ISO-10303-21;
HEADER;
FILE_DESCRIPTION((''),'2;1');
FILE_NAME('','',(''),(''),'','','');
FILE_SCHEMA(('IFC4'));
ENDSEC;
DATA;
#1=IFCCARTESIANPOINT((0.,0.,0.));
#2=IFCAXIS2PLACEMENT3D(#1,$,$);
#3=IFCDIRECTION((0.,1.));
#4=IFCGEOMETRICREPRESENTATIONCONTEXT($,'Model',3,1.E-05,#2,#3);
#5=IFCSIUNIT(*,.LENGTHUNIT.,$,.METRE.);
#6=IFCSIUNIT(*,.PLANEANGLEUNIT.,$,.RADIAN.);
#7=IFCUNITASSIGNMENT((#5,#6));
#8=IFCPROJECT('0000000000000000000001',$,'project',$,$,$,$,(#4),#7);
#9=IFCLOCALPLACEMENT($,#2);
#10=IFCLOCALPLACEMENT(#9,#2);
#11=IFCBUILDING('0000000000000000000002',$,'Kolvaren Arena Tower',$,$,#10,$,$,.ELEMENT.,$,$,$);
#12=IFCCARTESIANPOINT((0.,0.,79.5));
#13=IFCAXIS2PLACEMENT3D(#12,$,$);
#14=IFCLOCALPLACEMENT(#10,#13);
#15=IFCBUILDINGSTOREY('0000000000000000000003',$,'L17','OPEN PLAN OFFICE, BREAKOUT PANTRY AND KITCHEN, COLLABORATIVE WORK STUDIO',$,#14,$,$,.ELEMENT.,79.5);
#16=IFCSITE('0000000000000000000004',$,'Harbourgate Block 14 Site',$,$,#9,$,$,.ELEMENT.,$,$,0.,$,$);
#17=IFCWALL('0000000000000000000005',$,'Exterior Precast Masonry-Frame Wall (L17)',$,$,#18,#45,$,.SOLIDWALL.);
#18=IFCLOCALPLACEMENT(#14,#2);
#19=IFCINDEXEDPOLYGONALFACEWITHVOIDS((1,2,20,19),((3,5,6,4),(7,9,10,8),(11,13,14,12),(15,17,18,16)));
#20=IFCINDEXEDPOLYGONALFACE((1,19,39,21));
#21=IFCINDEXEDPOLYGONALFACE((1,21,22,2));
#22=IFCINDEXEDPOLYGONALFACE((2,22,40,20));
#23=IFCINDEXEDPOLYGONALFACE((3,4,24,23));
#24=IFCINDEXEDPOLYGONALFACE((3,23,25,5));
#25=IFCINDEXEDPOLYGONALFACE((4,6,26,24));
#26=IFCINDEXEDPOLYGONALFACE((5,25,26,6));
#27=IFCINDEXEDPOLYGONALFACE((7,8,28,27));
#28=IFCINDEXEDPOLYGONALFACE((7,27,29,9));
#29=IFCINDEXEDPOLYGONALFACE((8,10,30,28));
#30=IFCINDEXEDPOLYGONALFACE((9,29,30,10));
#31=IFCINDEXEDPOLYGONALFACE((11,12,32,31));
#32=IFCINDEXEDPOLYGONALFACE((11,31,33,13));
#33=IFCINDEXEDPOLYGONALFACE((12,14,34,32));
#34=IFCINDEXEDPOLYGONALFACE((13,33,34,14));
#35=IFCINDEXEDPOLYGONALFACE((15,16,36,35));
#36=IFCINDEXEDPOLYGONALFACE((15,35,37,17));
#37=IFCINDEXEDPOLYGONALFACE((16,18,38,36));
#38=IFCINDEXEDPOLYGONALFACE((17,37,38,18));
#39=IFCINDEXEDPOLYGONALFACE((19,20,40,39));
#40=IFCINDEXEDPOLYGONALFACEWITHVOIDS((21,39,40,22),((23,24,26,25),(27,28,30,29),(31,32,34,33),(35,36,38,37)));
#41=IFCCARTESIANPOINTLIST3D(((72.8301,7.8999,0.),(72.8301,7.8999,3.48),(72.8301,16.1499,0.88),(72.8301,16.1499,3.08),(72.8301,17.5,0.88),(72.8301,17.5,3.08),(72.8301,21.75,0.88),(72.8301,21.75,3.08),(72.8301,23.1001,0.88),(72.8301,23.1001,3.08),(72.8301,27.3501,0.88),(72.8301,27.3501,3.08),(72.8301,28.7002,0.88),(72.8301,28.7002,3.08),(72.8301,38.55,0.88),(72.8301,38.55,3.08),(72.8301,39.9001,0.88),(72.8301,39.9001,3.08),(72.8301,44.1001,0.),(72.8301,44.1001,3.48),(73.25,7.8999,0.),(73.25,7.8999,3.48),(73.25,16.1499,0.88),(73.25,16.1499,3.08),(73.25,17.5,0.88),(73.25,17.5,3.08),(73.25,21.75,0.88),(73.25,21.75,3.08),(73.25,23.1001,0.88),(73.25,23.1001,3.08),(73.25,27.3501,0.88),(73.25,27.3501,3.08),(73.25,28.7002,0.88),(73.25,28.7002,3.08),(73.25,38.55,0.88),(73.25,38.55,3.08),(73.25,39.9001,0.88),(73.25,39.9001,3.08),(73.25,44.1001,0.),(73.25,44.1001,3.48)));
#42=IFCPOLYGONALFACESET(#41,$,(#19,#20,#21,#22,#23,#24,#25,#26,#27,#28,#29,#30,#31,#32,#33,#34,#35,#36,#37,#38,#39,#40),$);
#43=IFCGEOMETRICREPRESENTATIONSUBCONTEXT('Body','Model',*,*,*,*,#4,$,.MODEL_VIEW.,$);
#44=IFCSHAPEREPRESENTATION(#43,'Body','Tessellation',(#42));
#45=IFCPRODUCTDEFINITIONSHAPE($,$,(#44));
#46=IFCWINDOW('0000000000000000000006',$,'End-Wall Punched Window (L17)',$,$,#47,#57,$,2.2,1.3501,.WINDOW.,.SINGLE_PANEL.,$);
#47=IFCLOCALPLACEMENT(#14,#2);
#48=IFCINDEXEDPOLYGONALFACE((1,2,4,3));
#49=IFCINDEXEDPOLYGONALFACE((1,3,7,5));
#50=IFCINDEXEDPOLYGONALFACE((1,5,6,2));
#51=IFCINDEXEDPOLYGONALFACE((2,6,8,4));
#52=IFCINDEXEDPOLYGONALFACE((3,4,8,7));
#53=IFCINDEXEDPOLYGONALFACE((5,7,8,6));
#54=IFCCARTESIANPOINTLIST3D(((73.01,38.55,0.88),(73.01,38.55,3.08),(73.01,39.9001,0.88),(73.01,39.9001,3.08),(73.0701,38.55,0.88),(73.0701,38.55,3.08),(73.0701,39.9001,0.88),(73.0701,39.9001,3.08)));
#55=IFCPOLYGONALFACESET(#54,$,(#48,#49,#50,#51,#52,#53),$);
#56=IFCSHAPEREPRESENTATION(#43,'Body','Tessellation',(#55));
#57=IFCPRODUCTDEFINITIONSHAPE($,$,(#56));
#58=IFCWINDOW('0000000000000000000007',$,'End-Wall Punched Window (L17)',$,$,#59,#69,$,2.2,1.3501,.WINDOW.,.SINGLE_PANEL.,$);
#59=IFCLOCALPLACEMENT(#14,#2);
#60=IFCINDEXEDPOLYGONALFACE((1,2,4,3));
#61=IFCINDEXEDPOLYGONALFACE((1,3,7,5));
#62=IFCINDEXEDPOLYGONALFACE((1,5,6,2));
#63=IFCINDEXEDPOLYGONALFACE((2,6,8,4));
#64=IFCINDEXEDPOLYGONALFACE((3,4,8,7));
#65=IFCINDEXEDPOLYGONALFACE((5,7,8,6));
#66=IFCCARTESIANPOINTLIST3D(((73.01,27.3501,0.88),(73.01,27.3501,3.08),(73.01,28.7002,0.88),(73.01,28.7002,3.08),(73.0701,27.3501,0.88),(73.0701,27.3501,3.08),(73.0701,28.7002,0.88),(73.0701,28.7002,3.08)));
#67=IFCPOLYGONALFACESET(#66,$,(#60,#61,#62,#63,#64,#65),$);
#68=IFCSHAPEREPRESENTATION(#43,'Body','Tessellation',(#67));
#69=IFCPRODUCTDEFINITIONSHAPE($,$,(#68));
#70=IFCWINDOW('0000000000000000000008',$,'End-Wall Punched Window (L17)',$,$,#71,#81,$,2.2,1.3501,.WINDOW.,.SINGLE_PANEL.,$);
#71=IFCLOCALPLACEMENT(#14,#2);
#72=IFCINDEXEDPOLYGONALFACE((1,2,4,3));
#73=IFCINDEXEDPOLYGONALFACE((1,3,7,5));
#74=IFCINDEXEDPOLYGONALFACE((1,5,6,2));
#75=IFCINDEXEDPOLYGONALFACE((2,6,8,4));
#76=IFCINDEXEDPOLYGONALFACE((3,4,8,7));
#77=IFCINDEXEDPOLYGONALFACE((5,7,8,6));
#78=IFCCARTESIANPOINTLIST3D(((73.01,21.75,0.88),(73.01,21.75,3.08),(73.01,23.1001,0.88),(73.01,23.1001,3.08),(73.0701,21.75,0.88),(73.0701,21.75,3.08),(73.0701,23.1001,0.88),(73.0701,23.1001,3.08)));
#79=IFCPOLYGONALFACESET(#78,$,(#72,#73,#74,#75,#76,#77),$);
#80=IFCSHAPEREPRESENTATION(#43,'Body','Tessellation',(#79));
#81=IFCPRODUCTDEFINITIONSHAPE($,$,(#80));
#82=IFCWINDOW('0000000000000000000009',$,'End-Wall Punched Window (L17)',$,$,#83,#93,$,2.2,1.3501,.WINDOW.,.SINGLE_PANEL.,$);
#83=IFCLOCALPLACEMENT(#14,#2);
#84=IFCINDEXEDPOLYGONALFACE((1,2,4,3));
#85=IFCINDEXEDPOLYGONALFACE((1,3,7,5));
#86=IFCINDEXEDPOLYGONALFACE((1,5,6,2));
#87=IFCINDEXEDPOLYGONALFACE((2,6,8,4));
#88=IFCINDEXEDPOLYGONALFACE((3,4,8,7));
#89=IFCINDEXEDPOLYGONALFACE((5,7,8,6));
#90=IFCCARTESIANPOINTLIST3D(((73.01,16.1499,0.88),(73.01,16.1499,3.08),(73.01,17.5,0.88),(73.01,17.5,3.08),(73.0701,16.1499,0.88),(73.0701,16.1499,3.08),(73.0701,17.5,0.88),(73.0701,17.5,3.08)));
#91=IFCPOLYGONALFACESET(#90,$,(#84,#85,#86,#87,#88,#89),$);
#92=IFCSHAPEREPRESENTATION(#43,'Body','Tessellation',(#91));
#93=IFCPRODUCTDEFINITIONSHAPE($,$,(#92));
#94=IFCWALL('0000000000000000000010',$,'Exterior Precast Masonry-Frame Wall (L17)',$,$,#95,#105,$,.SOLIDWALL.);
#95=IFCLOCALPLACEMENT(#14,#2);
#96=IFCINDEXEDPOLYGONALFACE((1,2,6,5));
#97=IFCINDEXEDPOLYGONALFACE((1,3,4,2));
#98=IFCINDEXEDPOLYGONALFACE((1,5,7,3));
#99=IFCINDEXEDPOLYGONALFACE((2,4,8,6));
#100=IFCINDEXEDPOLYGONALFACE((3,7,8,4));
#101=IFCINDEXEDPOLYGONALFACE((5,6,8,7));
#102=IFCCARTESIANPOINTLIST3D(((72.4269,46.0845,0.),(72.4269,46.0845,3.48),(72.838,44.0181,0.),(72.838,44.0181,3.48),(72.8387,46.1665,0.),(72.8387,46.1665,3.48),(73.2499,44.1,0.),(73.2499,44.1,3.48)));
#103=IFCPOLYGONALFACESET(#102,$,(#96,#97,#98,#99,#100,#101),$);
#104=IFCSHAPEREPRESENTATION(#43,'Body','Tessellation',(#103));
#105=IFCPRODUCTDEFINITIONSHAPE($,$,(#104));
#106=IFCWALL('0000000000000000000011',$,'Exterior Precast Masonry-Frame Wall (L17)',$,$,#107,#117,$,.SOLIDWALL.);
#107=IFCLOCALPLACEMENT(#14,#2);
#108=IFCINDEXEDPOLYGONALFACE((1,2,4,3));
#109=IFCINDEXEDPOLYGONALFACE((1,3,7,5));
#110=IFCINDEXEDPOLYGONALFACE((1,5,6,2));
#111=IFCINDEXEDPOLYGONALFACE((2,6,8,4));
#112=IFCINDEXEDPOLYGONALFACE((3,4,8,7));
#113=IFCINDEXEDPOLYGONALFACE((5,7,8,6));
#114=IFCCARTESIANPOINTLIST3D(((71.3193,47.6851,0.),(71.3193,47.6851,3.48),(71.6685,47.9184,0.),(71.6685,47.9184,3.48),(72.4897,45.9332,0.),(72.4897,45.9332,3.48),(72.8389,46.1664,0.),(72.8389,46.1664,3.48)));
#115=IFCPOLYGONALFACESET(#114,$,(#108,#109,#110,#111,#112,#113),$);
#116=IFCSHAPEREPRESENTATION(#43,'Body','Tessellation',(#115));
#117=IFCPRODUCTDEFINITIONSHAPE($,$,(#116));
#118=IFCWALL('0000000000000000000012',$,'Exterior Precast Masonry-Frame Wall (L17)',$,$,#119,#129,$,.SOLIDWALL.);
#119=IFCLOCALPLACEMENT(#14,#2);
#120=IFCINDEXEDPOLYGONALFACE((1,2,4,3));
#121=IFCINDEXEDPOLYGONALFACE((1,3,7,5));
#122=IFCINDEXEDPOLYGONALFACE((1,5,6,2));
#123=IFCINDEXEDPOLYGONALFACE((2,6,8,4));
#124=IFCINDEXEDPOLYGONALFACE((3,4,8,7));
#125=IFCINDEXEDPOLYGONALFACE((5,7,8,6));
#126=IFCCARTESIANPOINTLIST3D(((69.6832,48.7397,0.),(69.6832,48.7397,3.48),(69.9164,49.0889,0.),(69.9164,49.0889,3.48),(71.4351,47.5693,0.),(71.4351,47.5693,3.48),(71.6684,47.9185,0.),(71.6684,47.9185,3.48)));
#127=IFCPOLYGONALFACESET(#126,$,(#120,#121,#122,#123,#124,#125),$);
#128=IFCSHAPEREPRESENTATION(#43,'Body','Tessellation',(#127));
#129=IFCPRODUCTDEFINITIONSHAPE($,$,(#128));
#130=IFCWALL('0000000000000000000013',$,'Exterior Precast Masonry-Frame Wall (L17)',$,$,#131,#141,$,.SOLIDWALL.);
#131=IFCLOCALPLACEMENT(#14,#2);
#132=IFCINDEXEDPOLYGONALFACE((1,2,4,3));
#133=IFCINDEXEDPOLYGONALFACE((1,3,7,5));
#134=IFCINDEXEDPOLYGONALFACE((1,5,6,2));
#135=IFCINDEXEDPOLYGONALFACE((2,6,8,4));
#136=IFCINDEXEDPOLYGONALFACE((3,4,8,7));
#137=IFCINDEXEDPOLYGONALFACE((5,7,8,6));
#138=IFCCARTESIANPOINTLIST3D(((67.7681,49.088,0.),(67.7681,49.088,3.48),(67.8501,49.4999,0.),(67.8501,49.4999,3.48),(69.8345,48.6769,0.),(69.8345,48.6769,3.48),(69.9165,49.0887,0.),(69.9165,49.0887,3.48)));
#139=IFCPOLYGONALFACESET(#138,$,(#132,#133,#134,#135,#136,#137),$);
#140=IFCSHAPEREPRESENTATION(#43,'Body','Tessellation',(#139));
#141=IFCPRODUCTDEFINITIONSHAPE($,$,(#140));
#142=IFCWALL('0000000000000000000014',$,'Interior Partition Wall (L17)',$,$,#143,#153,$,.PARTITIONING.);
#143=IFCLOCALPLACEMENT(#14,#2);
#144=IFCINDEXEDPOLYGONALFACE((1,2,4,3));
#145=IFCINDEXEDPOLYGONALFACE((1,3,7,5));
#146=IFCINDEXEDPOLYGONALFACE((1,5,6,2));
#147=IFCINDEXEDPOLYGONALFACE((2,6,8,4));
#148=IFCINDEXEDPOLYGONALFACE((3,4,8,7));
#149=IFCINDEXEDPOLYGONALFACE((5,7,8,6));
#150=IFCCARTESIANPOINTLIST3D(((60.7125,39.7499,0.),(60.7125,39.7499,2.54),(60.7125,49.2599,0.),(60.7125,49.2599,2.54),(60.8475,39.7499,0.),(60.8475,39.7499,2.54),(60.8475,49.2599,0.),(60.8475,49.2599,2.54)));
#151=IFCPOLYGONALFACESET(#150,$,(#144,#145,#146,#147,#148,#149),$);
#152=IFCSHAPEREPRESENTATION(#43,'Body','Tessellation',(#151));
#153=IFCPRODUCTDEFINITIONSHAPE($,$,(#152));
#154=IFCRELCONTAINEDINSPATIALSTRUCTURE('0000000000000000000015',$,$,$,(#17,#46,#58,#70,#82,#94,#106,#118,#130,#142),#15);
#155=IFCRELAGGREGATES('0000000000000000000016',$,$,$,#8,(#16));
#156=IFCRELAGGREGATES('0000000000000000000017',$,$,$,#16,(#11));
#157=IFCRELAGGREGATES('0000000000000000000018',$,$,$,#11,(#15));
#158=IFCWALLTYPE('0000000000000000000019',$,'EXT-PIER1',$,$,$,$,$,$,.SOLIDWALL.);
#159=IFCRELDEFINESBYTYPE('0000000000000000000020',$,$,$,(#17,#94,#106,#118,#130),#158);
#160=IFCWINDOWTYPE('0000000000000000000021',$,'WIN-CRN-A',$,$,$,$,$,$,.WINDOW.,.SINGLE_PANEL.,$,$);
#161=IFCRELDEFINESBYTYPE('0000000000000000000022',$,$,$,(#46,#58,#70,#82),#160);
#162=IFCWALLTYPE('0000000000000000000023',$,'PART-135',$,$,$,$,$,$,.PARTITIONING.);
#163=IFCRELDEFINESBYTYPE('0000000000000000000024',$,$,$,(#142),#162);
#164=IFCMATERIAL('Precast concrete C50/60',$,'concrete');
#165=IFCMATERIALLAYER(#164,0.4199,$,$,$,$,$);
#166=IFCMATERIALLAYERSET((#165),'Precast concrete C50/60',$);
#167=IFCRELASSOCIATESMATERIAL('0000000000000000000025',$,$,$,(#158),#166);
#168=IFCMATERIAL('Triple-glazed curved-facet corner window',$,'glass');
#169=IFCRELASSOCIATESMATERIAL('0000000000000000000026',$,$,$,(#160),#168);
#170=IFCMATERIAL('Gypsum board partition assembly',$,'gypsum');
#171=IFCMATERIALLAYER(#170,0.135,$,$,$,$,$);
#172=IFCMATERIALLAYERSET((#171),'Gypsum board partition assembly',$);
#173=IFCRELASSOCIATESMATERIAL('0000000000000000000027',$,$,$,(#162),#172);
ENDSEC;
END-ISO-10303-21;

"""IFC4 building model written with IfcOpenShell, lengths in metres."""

from ifc_helpers import new_model, si_unit, direction, frame, frame_2d, origin, place, context, subcontext, project, spatial, rectangle, extrude, material, layer, layer_set, type_object, element, fill, save


model = new_model("IFC4")

# Units and contexts
model_context = context("Model", 3, precision=1e-05, world=origin(), true_north=direction((0.0, 1.0)))
body_context = subcontext(model_context, "Body", "Model", "MODEL_VIEW")
ifc_project = project(units=[si_unit("LENGTHUNIT", "METRE"), si_unit("PLANEANGLEUNIT", "RADIAN")], contexts=[model_context])

# Site, building, storey
site_placement = place(None, origin())
site = spatial("IfcSite", under=ifc_project, at=site_placement, Name="Harbourgate Block 14 Site", CompositionType="ELEMENT", RefElevation=0.0)
building_placement = place(site_placement, origin())
building = spatial("IfcBuilding", under=site, at=building_placement, Name="Kolvaren Arena Tower", CompositionType="ELEMENT")
storey_placement = place(building_placement, frame((0.0, 0.0, 79.5)))
storey = spatial("IfcBuildingStorey", under=building, at=storey_placement, Name="L17", Description="OPEN PLAN OFFICE, BREAKOUT PANTRY AND KITCHEN, COLLABORATIVE WORK STUDIO", CompositionType="ELEMENT", Elevation=79.5)

# Wall, openings, windows
ifc_material_1 = material(Name="Precast concrete C50/60", Category="concrete")
ifc_layer_1 = layer(ifc_material_1, 0.4199)
ifc_layer_set_1 = layer_set([ifc_layer_1], Name="Precast concrete C50/60")
wall_type_1 = type_object("IfcWallType", Name="EXT-PIER1", PredefinedType="SOLIDWALL", material=ifc_layer_set_1)
wall_1_placement = place(storey_placement, frame((73.04, 44.1001, 0.0), z_axis=(0.0, 0.0, 1.0), x_axis=(0.0, -1.0, 0.0)))
wall_1 = element("IfcWall", 1, at=wall_1_placement, inside=storey, type_object=wall_type_1, Name="Exterior Precast Masonry-Frame Wall (L17)", PredefinedType="SOLIDWALL", context=body_context, shape_type="SweptSolid", body=[
    extrude(rectangle(XDim=36.2002, YDim=0.4199, at=frame_2d((18.1001, 0.0))), origin(), (0.0, 0.0, 1.0), 3.48),
])
opening_1_placement = place(wall_1_placement, frame((4.2, 0.0, 0.8799)))
opening_1 = element("IfcOpeningElement", 2, at=opening_1_placement, cuts=wall_1, PredefinedType="OPENING", context=body_context, shape_type="SweptSolid", body=[
    extrude(rectangle(XDim=1.3501, YDim=2.2, at=frame_2d((0.675, 1.1001))), frame((0.0, 0.22, 0.0), z_axis=(0.0, -1.0, 0.0), x_axis=(1.0, 0.0, 0.0)), (0.0, 0.0, 1.0), 0.4399),
])
opening_2_placement = place(wall_1_placement, frame((15.3999, 0.0, 0.8799)))
opening_2 = element("IfcOpeningElement", 3, at=opening_2_placement, cuts=wall_1, PredefinedType="OPENING", context=body_context, shape_type="SweptSolid", body=[
    extrude(rectangle(XDim=1.3501, YDim=2.2, at=frame_2d((0.675, 1.1001))), frame((0.0, 0.22, 0.0), z_axis=(0.0, -1.0, 0.0), x_axis=(1.0, 0.0, 0.0)), (0.0, 0.0, 1.0), 0.4399),
])
opening_3_placement = place(wall_1_placement, frame((21.0, 0.0, 0.8799)))
opening_3 = element("IfcOpeningElement", 4, at=opening_3_placement, cuts=wall_1, PredefinedType="OPENING", context=body_context, shape_type="SweptSolid", body=[
    extrude(rectangle(XDim=1.3501, YDim=2.2, at=frame_2d((0.675, 1.1001))), frame((0.0, 0.22, 0.0), z_axis=(0.0, -1.0, 0.0), x_axis=(1.0, 0.0, 0.0)), (0.0, 0.0, 1.0), 0.4399),
])
opening_4_placement = place(wall_1_placement, frame((26.6001, 0.0, 0.8799)))
opening_4 = element("IfcOpeningElement", 5, at=opening_4_placement, cuts=wall_1, PredefinedType="OPENING", context=body_context, shape_type="SweptSolid", body=[
    extrude(rectangle(XDim=1.3501, YDim=2.2, at=frame_2d((0.675, 1.1001))), frame((0.0, 0.22, 0.0), z_axis=(0.0, -1.0, 0.0), x_axis=(1.0, 0.0, 0.0)), (0.0, 0.0, 1.0), 0.4399),
])
ifc_material_2 = material(Name="Triple-glazed curved-facet corner window", Category="glass")
window_type = type_object("IfcWindowType", Name="WIN-CRN-A", PartitioningType="SINGLE_PANEL", PredefinedType="WINDOW", material=ifc_material_2)
window_1_placement = place(opening_1_placement, origin())
window_1 = element("IfcWindow", 6, at=window_1_placement, inside=storey, type_object=window_type, Name="End-Wall Punched Window (L17)", OverallHeight=2.2, OverallWidth=1.3501, PartitioningType="SINGLE_PANEL", PredefinedType="WINDOW", context=body_context, shape_type="SweptSolid", body=[
    extrude(rectangle(XDim=1.3501, YDim=2.2, at=frame_2d((0.675, 1.1001))), frame((0.0, 0.03, 0.0), z_axis=(0.0, -1.0, 0.0), x_axis=(1.0, 0.0, 0.0)), (0.0, 0.0, 1.0), 0.0601),
])
fill(opening_1, window_1)
window_2_placement = place(opening_2_placement, origin())
window_2 = element("IfcWindow", 7, at=window_2_placement, inside=storey, type_object=window_type, Name="End-Wall Punched Window (L17)", OverallHeight=2.2, OverallWidth=1.3501, PartitioningType="SINGLE_PANEL", PredefinedType="WINDOW", context=body_context, shape_type="SweptSolid", body=[
    extrude(rectangle(XDim=1.3501, YDim=2.2, at=frame_2d((0.675, 1.1001))), frame((0.0, 0.03, 0.0), z_axis=(0.0, -1.0, 0.0), x_axis=(1.0, 0.0, 0.0)), (0.0, 0.0, 1.0), 0.0601),
])
fill(opening_2, window_2)
window_3_placement = place(opening_3_placement, origin())
window_3 = element("IfcWindow", 8, at=window_3_placement, inside=storey, type_object=window_type, Name="End-Wall Punched Window (L17)", OverallHeight=2.2, OverallWidth=1.3501, PartitioningType="SINGLE_PANEL", PredefinedType="WINDOW", context=body_context, shape_type="SweptSolid", body=[
    extrude(rectangle(XDim=1.3501, YDim=2.2, at=frame_2d((0.675, 1.1001))), frame((0.0, 0.03, 0.0), z_axis=(0.0, -1.0, 0.0), x_axis=(1.0, 0.0, 0.0)), (0.0, 0.0, 1.0), 0.0601),
])
fill(opening_3, window_3)
window_4_placement = place(opening_4_placement, origin())
window_4 = element("IfcWindow", 9, at=window_4_placement, inside=storey, type_object=window_type, Name="End-Wall Punched Window (L17)", OverallHeight=2.2, OverallWidth=1.3501, PartitioningType="SINGLE_PANEL", PredefinedType="WINDOW", context=body_context, shape_type="SweptSolid", body=[
    extrude(rectangle(XDim=1.3501, YDim=2.2, at=frame_2d((0.675, 1.1001))), frame((0.0, 0.03, 0.0), z_axis=(0.0, -1.0, 0.0), x_axis=(1.0, 0.0, 0.0)), (0.0, 0.0, 1.0), 0.0601),
])
fill(opening_4, window_4)

# Walls
for number, where, z_axis, x_axis, name in (
    (10, (72.6328, 46.1255, 0.0), (0.0, 0.0, 1.0), (0.195136, -0.980776, 0.0), "Exterior Precast Masonry-Frame Wall (L17)"),
    (11, (71.4939, 47.8018, 0.0), (0.0, 0.0, 1.0), (0.555502, -0.831515, 0.0), "Exterior Precast Masonry-Frame Wall (L17)"),
    (12, (69.7998, 48.9143, 0.0), (0.0, 0.0, 1.0), (0.831515, -0.555502, 0.0), "Exterior Precast Masonry-Frame Wall (L17)"),
    (13, (67.8091, 49.2939, 0.0), (0.0, 0.0, 1.0), (0.980776, -0.195136, 0.0), "Exterior Precast Masonry-Frame Wall (L17)"),
):
    element("IfcWall", number, at=place(storey_placement, frame(where, z_axis=z_axis, x_axis=x_axis)), inside=storey, type_object=wall_type_1, Name=name, PredefinedType="SOLIDWALL", context=body_context, shape_type="SweptSolid", body=[
        extrude(rectangle(XDim=2.1069, YDim=0.4199, at=frame_2d((1.0535, 0.0))), origin(), (0.0, 0.0, 1.0), 3.48),
    ])
ifc_material_3 = material(Name="Gypsum board partition assembly", Category="gypsum")
ifc_layer_2 = layer(ifc_material_3, 0.135)
ifc_layer_set_2 = layer_set([ifc_layer_2], Name="Gypsum board partition assembly")
wall_type_2 = type_object("IfcWallType", Name="PART-135", PredefinedType="PARTITIONING", material=ifc_layer_set_2)
wall_2_placement = place(storey_placement, frame((60.78, 39.75, 0.0), z_axis=(0.0, 0.0, 1.0), x_axis=(0.0, 1.0, 0.0)))
element("IfcWall", 14, at=wall_2_placement, inside=storey, type_object=wall_type_2, Name="Interior Partition Wall (L17)", PredefinedType="PARTITIONING", context=body_context, shape_type="SweptSolid", body=[
    extrude(rectangle(XDim=9.51, YDim=0.135, at=frame_2d((4.7549, 0.0))), origin(), (0.0, 0.0, 1.0), 2.54),
])

save(model, "model.ifc")
